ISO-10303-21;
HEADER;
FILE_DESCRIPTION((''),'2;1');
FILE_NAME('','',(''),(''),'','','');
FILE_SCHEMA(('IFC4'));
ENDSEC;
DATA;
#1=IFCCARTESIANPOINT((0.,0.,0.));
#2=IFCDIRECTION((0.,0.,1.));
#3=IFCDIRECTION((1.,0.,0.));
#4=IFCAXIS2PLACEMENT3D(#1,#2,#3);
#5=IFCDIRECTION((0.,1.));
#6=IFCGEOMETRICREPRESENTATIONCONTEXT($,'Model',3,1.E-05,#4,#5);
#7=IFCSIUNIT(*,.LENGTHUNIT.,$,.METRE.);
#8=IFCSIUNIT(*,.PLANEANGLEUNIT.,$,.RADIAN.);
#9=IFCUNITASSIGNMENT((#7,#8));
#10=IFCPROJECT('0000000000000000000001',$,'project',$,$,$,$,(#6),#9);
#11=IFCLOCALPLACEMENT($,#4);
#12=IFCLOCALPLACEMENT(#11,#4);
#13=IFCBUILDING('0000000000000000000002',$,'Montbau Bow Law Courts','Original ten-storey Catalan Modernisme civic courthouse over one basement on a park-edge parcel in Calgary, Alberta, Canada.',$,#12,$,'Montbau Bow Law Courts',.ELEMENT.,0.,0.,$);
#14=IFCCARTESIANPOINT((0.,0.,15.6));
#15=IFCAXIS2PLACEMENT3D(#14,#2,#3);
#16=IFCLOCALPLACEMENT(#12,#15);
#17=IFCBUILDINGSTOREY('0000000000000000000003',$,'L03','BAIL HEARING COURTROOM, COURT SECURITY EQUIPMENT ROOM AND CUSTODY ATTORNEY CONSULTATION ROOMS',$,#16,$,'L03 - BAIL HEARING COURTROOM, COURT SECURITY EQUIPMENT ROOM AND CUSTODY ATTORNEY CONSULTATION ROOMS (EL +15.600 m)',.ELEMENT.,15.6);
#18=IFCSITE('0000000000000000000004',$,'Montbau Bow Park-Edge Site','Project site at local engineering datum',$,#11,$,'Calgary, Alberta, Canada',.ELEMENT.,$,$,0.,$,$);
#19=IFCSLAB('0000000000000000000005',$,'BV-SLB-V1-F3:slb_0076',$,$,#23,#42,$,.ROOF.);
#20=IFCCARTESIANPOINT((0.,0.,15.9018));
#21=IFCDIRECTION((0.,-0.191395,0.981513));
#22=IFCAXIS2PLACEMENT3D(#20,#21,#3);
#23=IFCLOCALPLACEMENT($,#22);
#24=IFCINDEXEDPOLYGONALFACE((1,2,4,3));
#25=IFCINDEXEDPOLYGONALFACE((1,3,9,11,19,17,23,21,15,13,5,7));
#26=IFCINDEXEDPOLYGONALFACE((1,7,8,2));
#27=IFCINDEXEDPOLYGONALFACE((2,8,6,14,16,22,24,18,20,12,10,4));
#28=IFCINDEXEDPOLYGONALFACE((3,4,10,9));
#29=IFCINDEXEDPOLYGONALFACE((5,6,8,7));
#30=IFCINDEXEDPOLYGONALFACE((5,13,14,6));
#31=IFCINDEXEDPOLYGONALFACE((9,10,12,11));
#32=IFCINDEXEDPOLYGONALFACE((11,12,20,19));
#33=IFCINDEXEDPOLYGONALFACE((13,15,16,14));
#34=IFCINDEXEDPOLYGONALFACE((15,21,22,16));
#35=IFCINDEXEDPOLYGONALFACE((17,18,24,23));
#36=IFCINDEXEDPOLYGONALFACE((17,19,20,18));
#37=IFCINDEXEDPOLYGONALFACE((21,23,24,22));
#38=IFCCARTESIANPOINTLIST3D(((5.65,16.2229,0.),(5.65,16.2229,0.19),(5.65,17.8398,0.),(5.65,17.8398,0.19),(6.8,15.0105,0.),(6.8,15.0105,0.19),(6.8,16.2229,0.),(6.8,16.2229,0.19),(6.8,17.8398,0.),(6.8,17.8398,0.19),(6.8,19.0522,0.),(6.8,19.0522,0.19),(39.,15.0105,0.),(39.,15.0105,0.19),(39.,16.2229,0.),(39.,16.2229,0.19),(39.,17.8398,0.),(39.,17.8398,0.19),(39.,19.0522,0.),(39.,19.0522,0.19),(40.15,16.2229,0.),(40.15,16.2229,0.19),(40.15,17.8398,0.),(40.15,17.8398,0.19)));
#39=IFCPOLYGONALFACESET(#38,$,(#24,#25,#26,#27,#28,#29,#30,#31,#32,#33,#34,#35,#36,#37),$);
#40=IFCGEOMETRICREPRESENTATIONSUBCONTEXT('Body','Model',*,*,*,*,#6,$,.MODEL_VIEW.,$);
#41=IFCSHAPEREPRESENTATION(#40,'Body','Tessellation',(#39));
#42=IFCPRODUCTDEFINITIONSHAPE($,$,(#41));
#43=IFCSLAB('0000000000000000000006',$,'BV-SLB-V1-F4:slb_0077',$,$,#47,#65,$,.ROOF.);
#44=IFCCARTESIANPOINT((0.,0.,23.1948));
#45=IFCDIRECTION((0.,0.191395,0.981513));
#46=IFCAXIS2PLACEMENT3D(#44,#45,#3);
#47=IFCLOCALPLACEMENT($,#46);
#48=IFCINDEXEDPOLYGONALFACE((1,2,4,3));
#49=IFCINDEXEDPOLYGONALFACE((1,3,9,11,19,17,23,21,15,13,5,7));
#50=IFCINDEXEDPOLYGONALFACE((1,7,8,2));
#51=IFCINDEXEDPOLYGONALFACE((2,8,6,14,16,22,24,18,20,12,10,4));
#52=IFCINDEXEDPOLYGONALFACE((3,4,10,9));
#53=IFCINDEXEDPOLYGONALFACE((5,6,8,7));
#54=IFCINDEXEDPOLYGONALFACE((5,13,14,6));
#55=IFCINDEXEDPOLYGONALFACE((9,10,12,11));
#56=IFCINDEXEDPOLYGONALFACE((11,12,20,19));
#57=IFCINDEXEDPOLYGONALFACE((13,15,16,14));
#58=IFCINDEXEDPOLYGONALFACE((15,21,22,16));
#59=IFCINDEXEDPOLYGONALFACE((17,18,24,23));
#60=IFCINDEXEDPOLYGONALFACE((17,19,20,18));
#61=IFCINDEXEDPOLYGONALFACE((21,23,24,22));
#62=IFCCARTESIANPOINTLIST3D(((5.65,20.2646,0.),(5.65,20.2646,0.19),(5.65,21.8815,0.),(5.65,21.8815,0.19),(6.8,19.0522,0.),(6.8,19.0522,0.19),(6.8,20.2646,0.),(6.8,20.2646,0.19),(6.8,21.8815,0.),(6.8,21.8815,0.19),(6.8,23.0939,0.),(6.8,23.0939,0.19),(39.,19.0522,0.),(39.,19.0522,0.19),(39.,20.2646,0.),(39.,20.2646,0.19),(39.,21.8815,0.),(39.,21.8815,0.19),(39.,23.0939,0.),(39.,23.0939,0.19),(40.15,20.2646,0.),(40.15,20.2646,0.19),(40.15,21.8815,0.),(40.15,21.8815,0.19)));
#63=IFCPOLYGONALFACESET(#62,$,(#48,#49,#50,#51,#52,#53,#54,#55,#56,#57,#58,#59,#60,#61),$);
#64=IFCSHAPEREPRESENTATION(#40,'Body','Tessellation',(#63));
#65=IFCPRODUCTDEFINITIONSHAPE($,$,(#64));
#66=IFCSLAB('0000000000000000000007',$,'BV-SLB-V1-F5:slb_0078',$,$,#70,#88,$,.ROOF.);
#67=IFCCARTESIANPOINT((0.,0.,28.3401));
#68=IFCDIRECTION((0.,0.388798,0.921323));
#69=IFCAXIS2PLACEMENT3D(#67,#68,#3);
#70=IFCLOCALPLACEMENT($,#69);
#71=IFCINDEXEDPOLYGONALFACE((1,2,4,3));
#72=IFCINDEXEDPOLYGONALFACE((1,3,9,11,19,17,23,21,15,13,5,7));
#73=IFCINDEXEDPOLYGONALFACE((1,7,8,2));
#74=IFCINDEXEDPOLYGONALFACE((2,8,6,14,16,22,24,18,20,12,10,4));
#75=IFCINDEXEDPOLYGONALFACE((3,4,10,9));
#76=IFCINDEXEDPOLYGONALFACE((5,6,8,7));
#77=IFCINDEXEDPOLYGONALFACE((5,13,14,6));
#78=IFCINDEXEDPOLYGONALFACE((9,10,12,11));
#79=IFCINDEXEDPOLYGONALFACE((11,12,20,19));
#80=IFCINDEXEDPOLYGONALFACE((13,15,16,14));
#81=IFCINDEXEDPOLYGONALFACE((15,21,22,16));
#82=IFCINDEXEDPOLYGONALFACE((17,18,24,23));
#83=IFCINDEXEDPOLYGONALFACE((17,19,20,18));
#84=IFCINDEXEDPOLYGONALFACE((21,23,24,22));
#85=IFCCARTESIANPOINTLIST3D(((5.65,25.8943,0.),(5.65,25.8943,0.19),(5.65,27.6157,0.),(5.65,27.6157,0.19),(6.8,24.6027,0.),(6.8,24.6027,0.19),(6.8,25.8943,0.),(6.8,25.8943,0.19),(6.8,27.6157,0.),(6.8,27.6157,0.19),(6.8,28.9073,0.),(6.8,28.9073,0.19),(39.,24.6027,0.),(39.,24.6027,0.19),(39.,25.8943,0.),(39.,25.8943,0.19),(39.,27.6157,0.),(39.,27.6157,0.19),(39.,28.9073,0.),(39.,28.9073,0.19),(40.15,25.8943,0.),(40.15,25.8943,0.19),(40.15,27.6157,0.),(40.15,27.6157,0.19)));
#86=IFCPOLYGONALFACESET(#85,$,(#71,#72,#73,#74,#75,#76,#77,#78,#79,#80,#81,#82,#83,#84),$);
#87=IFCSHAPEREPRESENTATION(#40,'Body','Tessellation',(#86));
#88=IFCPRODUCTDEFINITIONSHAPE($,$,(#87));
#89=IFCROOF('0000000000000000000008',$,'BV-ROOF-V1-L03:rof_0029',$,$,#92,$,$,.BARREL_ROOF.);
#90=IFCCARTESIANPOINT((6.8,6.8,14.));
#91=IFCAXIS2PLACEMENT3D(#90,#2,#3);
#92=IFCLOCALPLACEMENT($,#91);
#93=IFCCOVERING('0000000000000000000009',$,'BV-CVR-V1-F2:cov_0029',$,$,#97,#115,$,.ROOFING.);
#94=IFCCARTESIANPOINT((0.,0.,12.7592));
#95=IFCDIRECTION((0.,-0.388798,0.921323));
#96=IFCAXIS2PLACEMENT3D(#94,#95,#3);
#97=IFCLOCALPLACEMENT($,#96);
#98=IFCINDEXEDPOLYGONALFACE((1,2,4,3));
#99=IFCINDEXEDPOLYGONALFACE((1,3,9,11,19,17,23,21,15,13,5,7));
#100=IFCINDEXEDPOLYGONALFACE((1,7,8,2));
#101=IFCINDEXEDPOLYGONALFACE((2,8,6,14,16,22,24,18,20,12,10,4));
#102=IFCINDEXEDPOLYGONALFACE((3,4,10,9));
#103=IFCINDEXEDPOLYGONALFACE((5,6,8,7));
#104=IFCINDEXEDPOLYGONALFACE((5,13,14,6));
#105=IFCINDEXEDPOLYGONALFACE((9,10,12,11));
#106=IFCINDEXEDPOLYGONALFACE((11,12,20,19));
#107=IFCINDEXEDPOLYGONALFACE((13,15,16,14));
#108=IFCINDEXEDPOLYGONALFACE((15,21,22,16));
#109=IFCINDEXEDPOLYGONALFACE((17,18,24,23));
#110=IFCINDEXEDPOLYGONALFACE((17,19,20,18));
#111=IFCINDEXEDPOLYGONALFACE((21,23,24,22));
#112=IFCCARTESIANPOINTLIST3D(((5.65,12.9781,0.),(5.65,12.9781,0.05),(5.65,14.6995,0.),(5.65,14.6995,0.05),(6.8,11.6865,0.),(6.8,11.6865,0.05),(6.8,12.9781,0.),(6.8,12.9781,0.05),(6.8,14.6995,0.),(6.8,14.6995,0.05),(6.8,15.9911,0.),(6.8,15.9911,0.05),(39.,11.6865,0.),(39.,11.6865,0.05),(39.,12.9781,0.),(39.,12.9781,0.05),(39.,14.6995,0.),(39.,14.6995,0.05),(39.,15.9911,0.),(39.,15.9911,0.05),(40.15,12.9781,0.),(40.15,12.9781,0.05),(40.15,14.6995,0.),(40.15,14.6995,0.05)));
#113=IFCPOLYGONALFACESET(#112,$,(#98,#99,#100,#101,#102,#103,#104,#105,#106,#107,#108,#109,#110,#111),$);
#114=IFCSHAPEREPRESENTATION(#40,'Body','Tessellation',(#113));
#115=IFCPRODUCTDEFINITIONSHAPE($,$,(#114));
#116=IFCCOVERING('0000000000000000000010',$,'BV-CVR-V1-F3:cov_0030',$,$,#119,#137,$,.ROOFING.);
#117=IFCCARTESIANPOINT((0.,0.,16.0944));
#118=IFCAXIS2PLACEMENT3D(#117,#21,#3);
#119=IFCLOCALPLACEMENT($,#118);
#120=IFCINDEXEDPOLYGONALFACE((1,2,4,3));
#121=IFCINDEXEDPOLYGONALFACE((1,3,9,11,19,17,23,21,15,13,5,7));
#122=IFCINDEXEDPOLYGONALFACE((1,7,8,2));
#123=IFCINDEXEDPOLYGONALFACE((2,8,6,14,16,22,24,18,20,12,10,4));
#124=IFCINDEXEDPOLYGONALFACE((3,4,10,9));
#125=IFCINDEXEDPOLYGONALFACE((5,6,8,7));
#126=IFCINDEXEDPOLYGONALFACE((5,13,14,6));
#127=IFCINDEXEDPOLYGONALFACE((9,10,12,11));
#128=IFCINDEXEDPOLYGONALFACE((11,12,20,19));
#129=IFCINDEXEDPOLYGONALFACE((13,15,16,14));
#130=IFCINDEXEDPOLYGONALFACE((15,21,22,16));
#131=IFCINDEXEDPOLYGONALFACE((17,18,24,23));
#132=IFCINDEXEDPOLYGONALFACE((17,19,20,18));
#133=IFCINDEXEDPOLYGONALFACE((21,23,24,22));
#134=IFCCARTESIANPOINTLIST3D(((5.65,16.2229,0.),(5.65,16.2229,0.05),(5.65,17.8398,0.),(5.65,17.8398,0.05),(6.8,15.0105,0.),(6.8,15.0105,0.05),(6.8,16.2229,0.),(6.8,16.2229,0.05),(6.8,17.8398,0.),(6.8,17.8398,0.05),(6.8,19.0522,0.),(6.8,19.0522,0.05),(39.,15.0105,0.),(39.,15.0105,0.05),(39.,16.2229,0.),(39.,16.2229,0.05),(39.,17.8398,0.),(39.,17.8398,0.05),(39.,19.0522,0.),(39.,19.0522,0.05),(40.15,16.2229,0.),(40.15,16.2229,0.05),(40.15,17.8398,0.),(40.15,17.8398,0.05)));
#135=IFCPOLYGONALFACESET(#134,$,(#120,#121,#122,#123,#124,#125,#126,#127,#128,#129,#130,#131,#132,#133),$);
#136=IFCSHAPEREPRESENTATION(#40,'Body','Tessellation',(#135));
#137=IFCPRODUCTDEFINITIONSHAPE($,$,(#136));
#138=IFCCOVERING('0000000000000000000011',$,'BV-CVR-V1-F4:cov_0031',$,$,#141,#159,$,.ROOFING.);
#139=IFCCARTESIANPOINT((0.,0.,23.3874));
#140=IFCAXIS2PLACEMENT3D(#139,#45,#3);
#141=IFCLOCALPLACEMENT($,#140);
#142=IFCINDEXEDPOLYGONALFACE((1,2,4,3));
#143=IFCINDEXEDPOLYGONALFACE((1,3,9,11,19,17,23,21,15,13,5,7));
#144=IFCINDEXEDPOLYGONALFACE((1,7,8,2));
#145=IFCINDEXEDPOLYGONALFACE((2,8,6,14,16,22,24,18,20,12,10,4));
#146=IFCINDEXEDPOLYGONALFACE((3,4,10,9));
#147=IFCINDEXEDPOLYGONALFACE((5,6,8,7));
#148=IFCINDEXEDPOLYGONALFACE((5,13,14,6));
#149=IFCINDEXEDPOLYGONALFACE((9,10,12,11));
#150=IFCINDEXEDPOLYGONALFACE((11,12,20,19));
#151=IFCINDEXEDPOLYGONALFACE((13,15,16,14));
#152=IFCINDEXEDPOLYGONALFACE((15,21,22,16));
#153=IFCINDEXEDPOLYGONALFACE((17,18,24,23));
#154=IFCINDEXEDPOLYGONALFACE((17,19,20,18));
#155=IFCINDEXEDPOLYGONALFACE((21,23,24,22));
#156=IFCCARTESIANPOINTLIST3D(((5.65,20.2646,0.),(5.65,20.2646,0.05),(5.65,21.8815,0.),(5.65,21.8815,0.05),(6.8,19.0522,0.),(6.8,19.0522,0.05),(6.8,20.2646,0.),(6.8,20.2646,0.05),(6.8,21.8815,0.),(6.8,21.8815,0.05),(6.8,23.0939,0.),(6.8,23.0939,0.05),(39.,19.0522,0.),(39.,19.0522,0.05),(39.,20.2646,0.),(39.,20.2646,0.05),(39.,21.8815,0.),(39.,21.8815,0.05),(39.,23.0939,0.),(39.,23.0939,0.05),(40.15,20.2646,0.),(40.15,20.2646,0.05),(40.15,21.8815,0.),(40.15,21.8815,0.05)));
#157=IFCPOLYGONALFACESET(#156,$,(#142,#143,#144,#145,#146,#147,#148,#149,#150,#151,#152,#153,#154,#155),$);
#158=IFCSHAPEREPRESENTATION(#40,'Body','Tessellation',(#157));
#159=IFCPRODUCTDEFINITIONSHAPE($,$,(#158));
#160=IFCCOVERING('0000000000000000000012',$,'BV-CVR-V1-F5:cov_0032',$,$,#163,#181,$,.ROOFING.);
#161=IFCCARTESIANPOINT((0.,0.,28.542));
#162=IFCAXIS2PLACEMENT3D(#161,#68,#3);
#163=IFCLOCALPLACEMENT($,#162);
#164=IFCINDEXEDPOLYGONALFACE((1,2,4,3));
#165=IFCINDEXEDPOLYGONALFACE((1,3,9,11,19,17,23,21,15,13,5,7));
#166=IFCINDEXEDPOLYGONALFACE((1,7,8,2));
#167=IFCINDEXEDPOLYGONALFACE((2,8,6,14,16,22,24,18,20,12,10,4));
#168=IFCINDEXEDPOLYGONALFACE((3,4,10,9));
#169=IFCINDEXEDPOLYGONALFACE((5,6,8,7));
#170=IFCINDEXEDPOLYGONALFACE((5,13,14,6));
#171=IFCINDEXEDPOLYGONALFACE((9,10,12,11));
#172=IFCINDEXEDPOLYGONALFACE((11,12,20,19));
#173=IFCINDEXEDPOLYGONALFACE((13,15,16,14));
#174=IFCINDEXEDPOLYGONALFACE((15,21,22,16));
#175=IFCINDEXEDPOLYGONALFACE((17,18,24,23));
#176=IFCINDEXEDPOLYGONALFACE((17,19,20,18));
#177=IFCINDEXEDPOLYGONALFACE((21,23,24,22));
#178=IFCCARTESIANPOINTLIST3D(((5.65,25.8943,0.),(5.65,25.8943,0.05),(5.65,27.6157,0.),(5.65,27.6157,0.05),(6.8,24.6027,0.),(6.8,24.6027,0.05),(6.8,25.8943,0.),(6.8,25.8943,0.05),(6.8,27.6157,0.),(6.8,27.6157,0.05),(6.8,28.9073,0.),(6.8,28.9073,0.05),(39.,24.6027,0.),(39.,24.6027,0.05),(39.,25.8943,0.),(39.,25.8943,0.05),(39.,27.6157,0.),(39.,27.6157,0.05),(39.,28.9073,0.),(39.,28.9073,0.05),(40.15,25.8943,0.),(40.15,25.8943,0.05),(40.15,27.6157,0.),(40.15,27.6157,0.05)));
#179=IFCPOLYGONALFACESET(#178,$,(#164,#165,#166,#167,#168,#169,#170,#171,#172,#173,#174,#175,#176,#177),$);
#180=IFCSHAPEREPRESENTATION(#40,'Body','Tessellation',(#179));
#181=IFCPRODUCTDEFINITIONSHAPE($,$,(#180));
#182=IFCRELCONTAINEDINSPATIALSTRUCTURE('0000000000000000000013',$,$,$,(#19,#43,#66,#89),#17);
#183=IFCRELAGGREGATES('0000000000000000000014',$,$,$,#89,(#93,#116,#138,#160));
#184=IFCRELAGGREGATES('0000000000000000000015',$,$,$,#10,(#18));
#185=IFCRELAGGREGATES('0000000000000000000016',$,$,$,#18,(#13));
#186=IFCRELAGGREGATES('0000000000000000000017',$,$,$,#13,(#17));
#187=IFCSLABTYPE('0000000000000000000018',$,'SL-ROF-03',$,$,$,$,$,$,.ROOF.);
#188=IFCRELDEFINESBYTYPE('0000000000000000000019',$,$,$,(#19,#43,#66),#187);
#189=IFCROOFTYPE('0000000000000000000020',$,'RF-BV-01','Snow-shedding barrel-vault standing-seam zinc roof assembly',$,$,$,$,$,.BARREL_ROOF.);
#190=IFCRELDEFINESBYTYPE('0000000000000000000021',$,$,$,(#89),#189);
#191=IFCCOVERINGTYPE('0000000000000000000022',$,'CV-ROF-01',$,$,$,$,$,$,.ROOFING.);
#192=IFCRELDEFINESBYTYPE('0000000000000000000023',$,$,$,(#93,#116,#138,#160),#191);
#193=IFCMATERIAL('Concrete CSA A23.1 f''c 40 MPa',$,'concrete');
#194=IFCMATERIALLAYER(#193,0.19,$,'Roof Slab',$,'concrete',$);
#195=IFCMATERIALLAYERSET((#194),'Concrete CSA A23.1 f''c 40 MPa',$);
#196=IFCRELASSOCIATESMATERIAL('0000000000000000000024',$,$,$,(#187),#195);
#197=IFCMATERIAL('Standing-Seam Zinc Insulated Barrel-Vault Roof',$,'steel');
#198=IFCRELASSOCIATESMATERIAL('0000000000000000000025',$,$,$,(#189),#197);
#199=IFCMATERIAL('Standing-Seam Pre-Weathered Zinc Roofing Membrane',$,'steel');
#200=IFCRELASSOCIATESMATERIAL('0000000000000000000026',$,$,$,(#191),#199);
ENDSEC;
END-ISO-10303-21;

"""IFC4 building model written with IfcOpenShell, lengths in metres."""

from ifc_helpers import new_model, si_unit, direction, frame, origin_with_axes, place, context, subcontext, project, spatial, polyline, outline, extrude, material, layer, layer_set, type_object, element, aggregate, save


model = new_model("IFC4")

# Units and contexts
model_context = context("Model", 3, precision=1e-05, world=origin_with_axes(), true_north=direction((0.0, 1.0)))
body_context = subcontext(model_context, "Body", "Model", "MODEL_VIEW")
ifc_project = project(units=[si_unit("LENGTHUNIT", "METRE"), si_unit("PLANEANGLEUNIT", "RADIAN")], contexts=[model_context])

# Site, building, storey
site_placement = place(None, origin_with_axes())
site = spatial("IfcSite", under=ifc_project, at=site_placement, Name="Montbau Bow Park-Edge Site", Description="Project site at local engineering datum", LongName="Calgary, Alberta, Canada", CompositionType="ELEMENT", RefElevation=0.0)
building_placement = place(site_placement, origin_with_axes())
building = spatial("IfcBuilding", under=site, at=building_placement, Name="Montbau Bow Law Courts", Description="Original ten-storey Catalan Modernisme civic courthouse over one basement on a park-edge parcel in Calgary, Alberta, Canada.", LongName="Montbau Bow Law Courts", CompositionType="ELEMENT", ElevationOfRefHeight=0.0, ElevationOfTerrain=0.0)
storey_placement = place(building_placement, frame((0.0, 0.0, 15.6), z_axis=(0.0, 0.0, 1.0), x_axis=(1.0, 0.0, 0.0)))
storey = spatial("IfcBuildingStorey", under=building, at=storey_placement, Name="L03", Description="BAIL HEARING COURTROOM, COURT SECURITY EQUIPMENT ROOM AND CUSTODY ATTORNEY CONSULTATION ROOMS", LongName="L03 - BAIL HEARING COURTROOM, COURT SECURITY EQUIPMENT ROOM AND CUSTODY ATTORNEY CONSULTATION ROOMS (EL +15.600 m)", CompositionType="ELEMENT", Elevation=15.6)

# Shared definitions
ifc_material_1 = material(Name="Concrete CSA A23.1 f'c 40 MPa", Category="concrete")

# Slabs
ifc_layer_1 = layer(ifc_material_1, 0.19, Name="Roof Slab", Category="concrete")
ifc_layer_set_1 = layer_set([ifc_layer_1], Name="Concrete CSA A23.1 f'c 40 MPa")
slab_type_1 = type_object("IfcSlabType", Name="SL-ROF-03", PredefinedType="ROOF", material=ifc_layer_set_1)
slab_1_placement = place(None, frame((0.0, 0.0, 15.9018), z_axis=(0.0, -0.191395, 0.981513), x_axis=(1.0, 0.0, 0.0)))
element("IfcSlab", 1, at=slab_1_placement, inside=storey, type_object=slab_type_1, Name="BV-SLB-V1-F3:slb_0076", PredefinedType="ROOF", context=body_context, shape_type="SweptSolid", body=[
    extrude(outline(polyline([(6.8, 15.0105), (39.0, 15.0105), (39.0, 16.2229), (40.15, 16.2229), (40.15, 17.8398), (39.0, 17.8398), (39.0, 19.0522), (6.8, 19.0522), (6.8, 17.8398), (5.65, 17.8398), (5.65, 16.2229), (6.8, 16.2229), (6.8, 15.0105)])), origin_with_axes(), (0.0, 0.0, 1.0), 0.19),
])
slab_2_placement = place(None, frame((0.0, 0.0, 23.1948), z_axis=(0.0, 0.191395, 0.981513), x_axis=(1.0, 0.0, 0.0)))
element("IfcSlab", 2, at=slab_2_placement, inside=storey, type_object=slab_type_1, Name="BV-SLB-V1-F4:slb_0077", PredefinedType="ROOF", context=body_context, shape_type="SweptSolid", body=[
    extrude(outline(polyline([(6.8, 19.0522), (39.0, 19.0522), (39.0, 20.2646), (40.15, 20.2646), (40.15, 21.8815), (39.0, 21.8815), (39.0, 23.0939), (6.8, 23.0939), (6.8, 21.8815), (5.65, 21.8815), (5.65, 20.2646), (6.8, 20.2646), (6.8, 19.0522)])), origin_with_axes(), (0.0, 0.0, 1.0), 0.19),
])
slab_3_placement = place(None, frame((0.0, 0.0, 28.3401), z_axis=(0.0, 0.388798, 0.921323), x_axis=(1.0, 0.0, 0.0)))
element("IfcSlab", 3, at=slab_3_placement, inside=storey, type_object=slab_type_1, Name="BV-SLB-V1-F5:slb_0078", PredefinedType="ROOF", context=body_context, shape_type="SweptSolid", body=[
    extrude(outline(polyline([(6.8, 24.6027), (39.0, 24.6027), (39.0, 25.8943), (40.15, 25.8943), (40.15, 27.6157), (39.0, 27.6157), (39.0, 28.9073), (6.8, 28.9073), (6.8, 27.6157), (5.65, 27.6157), (5.65, 25.8943), (6.8, 25.8943), (6.8, 24.6027)])), origin_with_axes(), (0.0, 0.0, 1.0), 0.19),
])

# Roof, coverings
ifc_material_2 = material(Name="Standing-Seam Zinc Insulated Barrel-Vault Roof", Category="steel")
roof_type = type_object("IfcRoofType", Name="RF-BV-01", Description="Snow-shedding barrel-vault standing-seam zinc roof assembly", PredefinedType="BARREL_ROOF", material=ifc_material_2)
roof_placement = place(None, frame((6.8, 6.8, 14.0), z_axis=(0.0, 0.0, 1.0), x_axis=(1.0, 0.0, 0.0)))
roof = element("IfcRoof", 4, at=roof_placement, inside=storey, type_object=roof_type, Name="BV-ROOF-V1-L03:rof_0029", PredefinedType="BARREL_ROOF")
ifc_material_3 = material(Name="Standing-Seam Pre-Weathered Zinc Roofing Membrane", Category="steel")
covering_type_1 = type_object("IfcCoveringType", Name="CV-ROF-01", PredefinedType="ROOFING", material=ifc_material_3)
covering_1_placement = place(None, frame((0.0, 0.0, 12.7592), z_axis=(0.0, -0.388798, 0.921323), x_axis=(1.0, 0.0, 0.0)))
covering_1 = element("IfcCovering", 5, at=covering_1_placement, type_object=covering_type_1, Name="BV-CVR-V1-F2:cov_0029", PredefinedType="ROOFING", context=body_context, shape_type="SweptSolid", body=[
    extrude(outline(polyline([(6.8, 11.6865), (39.0, 11.6865), (39.0, 12.9781), (40.15, 12.9781), (40.15, 14.6995), (39.0, 14.6995), (39.0, 15.9911), (6.8, 15.9911), (6.8, 14.6995), (5.65, 14.6995), (5.65, 12.9781), (6.8, 12.9781), (6.8, 11.6865)])), origin_with_axes(), (0.0, 0.0, 1.0), 0.05),
])
covering_2_placement = place(None, frame((0.0, 0.0, 16.0944), z_axis=(0.0, -0.191395, 0.981513), x_axis=(1.0, 0.0, 0.0)))
covering_2 = element("IfcCovering", 6, at=covering_2_placement, type_object=covering_type_1, Name="BV-CVR-V1-F3:cov_0030", PredefinedType="ROOFING", context=body_context, shape_type="SweptSolid", body=[
    extrude(outline(polyline([(6.8, 15.0105), (39.0, 15.0105), (39.0, 16.2229), (40.15, 16.2229), (40.15, 17.8398), (39.0, 17.8398), (39.0, 19.0522), (6.8, 19.0522), (6.8, 17.8398), (5.65, 17.8398), (5.65, 16.2229), (6.8, 16.2229), (6.8, 15.0105)])), origin_with_axes(), (0.0, 0.0, 1.0), 0.05),
])
covering_3_placement = place(None, frame((0.0, 0.0, 23.3874), z_axis=(0.0, 0.191395, 0.981513), x_axis=(1.0, 0.0, 0.0)))
covering_3 = element("IfcCovering", 7, at=covering_3_placement, type_object=covering_type_1, Name="BV-CVR-V1-F4:cov_0031", PredefinedType="ROOFING", context=body_context, shape_type="SweptSolid", body=[
    extrude(outline(polyline([(6.8, 19.0522), (39.0, 19.0522), (39.0, 20.2646), (40.15, 20.2646), (40.15, 21.8815), (39.0, 21.8815), (39.0, 23.0939), (6.8, 23.0939), (6.8, 21.8815), (5.65, 21.8815), (5.65, 20.2646), (6.8, 20.2646), (6.8, 19.0522)])), origin_with_axes(), (0.0, 0.0, 1.0), 0.05),
])
covering_4_placement = place(None, frame((0.0, 0.0, 28.542), z_axis=(0.0, 0.388798, 0.921323), x_axis=(1.0, 0.0, 0.0)))
covering_4 = element("IfcCovering", 8, at=covering_4_placement, type_object=covering_type_1, Name="BV-CVR-V1-F5:cov_0032", PredefinedType="ROOFING", context=body_context, shape_type="SweptSolid", body=[
    extrude(outline(polyline([(6.8, 24.6027), (39.0, 24.6027), (39.0, 25.8943), (40.15, 25.8943), (40.15, 27.6157), (39.0, 27.6157), (39.0, 28.9073), (6.8, 28.9073), (6.8, 27.6157), (5.65, 27.6157), (5.65, 25.8943), (6.8, 25.8943), (6.8, 24.6027)])), origin_with_axes(), (0.0, 0.0, 1.0), 0.05),
])
aggregate(roof, [covering_1, covering_2, covering_3, covering_4])

save(model, "model.ifc")
